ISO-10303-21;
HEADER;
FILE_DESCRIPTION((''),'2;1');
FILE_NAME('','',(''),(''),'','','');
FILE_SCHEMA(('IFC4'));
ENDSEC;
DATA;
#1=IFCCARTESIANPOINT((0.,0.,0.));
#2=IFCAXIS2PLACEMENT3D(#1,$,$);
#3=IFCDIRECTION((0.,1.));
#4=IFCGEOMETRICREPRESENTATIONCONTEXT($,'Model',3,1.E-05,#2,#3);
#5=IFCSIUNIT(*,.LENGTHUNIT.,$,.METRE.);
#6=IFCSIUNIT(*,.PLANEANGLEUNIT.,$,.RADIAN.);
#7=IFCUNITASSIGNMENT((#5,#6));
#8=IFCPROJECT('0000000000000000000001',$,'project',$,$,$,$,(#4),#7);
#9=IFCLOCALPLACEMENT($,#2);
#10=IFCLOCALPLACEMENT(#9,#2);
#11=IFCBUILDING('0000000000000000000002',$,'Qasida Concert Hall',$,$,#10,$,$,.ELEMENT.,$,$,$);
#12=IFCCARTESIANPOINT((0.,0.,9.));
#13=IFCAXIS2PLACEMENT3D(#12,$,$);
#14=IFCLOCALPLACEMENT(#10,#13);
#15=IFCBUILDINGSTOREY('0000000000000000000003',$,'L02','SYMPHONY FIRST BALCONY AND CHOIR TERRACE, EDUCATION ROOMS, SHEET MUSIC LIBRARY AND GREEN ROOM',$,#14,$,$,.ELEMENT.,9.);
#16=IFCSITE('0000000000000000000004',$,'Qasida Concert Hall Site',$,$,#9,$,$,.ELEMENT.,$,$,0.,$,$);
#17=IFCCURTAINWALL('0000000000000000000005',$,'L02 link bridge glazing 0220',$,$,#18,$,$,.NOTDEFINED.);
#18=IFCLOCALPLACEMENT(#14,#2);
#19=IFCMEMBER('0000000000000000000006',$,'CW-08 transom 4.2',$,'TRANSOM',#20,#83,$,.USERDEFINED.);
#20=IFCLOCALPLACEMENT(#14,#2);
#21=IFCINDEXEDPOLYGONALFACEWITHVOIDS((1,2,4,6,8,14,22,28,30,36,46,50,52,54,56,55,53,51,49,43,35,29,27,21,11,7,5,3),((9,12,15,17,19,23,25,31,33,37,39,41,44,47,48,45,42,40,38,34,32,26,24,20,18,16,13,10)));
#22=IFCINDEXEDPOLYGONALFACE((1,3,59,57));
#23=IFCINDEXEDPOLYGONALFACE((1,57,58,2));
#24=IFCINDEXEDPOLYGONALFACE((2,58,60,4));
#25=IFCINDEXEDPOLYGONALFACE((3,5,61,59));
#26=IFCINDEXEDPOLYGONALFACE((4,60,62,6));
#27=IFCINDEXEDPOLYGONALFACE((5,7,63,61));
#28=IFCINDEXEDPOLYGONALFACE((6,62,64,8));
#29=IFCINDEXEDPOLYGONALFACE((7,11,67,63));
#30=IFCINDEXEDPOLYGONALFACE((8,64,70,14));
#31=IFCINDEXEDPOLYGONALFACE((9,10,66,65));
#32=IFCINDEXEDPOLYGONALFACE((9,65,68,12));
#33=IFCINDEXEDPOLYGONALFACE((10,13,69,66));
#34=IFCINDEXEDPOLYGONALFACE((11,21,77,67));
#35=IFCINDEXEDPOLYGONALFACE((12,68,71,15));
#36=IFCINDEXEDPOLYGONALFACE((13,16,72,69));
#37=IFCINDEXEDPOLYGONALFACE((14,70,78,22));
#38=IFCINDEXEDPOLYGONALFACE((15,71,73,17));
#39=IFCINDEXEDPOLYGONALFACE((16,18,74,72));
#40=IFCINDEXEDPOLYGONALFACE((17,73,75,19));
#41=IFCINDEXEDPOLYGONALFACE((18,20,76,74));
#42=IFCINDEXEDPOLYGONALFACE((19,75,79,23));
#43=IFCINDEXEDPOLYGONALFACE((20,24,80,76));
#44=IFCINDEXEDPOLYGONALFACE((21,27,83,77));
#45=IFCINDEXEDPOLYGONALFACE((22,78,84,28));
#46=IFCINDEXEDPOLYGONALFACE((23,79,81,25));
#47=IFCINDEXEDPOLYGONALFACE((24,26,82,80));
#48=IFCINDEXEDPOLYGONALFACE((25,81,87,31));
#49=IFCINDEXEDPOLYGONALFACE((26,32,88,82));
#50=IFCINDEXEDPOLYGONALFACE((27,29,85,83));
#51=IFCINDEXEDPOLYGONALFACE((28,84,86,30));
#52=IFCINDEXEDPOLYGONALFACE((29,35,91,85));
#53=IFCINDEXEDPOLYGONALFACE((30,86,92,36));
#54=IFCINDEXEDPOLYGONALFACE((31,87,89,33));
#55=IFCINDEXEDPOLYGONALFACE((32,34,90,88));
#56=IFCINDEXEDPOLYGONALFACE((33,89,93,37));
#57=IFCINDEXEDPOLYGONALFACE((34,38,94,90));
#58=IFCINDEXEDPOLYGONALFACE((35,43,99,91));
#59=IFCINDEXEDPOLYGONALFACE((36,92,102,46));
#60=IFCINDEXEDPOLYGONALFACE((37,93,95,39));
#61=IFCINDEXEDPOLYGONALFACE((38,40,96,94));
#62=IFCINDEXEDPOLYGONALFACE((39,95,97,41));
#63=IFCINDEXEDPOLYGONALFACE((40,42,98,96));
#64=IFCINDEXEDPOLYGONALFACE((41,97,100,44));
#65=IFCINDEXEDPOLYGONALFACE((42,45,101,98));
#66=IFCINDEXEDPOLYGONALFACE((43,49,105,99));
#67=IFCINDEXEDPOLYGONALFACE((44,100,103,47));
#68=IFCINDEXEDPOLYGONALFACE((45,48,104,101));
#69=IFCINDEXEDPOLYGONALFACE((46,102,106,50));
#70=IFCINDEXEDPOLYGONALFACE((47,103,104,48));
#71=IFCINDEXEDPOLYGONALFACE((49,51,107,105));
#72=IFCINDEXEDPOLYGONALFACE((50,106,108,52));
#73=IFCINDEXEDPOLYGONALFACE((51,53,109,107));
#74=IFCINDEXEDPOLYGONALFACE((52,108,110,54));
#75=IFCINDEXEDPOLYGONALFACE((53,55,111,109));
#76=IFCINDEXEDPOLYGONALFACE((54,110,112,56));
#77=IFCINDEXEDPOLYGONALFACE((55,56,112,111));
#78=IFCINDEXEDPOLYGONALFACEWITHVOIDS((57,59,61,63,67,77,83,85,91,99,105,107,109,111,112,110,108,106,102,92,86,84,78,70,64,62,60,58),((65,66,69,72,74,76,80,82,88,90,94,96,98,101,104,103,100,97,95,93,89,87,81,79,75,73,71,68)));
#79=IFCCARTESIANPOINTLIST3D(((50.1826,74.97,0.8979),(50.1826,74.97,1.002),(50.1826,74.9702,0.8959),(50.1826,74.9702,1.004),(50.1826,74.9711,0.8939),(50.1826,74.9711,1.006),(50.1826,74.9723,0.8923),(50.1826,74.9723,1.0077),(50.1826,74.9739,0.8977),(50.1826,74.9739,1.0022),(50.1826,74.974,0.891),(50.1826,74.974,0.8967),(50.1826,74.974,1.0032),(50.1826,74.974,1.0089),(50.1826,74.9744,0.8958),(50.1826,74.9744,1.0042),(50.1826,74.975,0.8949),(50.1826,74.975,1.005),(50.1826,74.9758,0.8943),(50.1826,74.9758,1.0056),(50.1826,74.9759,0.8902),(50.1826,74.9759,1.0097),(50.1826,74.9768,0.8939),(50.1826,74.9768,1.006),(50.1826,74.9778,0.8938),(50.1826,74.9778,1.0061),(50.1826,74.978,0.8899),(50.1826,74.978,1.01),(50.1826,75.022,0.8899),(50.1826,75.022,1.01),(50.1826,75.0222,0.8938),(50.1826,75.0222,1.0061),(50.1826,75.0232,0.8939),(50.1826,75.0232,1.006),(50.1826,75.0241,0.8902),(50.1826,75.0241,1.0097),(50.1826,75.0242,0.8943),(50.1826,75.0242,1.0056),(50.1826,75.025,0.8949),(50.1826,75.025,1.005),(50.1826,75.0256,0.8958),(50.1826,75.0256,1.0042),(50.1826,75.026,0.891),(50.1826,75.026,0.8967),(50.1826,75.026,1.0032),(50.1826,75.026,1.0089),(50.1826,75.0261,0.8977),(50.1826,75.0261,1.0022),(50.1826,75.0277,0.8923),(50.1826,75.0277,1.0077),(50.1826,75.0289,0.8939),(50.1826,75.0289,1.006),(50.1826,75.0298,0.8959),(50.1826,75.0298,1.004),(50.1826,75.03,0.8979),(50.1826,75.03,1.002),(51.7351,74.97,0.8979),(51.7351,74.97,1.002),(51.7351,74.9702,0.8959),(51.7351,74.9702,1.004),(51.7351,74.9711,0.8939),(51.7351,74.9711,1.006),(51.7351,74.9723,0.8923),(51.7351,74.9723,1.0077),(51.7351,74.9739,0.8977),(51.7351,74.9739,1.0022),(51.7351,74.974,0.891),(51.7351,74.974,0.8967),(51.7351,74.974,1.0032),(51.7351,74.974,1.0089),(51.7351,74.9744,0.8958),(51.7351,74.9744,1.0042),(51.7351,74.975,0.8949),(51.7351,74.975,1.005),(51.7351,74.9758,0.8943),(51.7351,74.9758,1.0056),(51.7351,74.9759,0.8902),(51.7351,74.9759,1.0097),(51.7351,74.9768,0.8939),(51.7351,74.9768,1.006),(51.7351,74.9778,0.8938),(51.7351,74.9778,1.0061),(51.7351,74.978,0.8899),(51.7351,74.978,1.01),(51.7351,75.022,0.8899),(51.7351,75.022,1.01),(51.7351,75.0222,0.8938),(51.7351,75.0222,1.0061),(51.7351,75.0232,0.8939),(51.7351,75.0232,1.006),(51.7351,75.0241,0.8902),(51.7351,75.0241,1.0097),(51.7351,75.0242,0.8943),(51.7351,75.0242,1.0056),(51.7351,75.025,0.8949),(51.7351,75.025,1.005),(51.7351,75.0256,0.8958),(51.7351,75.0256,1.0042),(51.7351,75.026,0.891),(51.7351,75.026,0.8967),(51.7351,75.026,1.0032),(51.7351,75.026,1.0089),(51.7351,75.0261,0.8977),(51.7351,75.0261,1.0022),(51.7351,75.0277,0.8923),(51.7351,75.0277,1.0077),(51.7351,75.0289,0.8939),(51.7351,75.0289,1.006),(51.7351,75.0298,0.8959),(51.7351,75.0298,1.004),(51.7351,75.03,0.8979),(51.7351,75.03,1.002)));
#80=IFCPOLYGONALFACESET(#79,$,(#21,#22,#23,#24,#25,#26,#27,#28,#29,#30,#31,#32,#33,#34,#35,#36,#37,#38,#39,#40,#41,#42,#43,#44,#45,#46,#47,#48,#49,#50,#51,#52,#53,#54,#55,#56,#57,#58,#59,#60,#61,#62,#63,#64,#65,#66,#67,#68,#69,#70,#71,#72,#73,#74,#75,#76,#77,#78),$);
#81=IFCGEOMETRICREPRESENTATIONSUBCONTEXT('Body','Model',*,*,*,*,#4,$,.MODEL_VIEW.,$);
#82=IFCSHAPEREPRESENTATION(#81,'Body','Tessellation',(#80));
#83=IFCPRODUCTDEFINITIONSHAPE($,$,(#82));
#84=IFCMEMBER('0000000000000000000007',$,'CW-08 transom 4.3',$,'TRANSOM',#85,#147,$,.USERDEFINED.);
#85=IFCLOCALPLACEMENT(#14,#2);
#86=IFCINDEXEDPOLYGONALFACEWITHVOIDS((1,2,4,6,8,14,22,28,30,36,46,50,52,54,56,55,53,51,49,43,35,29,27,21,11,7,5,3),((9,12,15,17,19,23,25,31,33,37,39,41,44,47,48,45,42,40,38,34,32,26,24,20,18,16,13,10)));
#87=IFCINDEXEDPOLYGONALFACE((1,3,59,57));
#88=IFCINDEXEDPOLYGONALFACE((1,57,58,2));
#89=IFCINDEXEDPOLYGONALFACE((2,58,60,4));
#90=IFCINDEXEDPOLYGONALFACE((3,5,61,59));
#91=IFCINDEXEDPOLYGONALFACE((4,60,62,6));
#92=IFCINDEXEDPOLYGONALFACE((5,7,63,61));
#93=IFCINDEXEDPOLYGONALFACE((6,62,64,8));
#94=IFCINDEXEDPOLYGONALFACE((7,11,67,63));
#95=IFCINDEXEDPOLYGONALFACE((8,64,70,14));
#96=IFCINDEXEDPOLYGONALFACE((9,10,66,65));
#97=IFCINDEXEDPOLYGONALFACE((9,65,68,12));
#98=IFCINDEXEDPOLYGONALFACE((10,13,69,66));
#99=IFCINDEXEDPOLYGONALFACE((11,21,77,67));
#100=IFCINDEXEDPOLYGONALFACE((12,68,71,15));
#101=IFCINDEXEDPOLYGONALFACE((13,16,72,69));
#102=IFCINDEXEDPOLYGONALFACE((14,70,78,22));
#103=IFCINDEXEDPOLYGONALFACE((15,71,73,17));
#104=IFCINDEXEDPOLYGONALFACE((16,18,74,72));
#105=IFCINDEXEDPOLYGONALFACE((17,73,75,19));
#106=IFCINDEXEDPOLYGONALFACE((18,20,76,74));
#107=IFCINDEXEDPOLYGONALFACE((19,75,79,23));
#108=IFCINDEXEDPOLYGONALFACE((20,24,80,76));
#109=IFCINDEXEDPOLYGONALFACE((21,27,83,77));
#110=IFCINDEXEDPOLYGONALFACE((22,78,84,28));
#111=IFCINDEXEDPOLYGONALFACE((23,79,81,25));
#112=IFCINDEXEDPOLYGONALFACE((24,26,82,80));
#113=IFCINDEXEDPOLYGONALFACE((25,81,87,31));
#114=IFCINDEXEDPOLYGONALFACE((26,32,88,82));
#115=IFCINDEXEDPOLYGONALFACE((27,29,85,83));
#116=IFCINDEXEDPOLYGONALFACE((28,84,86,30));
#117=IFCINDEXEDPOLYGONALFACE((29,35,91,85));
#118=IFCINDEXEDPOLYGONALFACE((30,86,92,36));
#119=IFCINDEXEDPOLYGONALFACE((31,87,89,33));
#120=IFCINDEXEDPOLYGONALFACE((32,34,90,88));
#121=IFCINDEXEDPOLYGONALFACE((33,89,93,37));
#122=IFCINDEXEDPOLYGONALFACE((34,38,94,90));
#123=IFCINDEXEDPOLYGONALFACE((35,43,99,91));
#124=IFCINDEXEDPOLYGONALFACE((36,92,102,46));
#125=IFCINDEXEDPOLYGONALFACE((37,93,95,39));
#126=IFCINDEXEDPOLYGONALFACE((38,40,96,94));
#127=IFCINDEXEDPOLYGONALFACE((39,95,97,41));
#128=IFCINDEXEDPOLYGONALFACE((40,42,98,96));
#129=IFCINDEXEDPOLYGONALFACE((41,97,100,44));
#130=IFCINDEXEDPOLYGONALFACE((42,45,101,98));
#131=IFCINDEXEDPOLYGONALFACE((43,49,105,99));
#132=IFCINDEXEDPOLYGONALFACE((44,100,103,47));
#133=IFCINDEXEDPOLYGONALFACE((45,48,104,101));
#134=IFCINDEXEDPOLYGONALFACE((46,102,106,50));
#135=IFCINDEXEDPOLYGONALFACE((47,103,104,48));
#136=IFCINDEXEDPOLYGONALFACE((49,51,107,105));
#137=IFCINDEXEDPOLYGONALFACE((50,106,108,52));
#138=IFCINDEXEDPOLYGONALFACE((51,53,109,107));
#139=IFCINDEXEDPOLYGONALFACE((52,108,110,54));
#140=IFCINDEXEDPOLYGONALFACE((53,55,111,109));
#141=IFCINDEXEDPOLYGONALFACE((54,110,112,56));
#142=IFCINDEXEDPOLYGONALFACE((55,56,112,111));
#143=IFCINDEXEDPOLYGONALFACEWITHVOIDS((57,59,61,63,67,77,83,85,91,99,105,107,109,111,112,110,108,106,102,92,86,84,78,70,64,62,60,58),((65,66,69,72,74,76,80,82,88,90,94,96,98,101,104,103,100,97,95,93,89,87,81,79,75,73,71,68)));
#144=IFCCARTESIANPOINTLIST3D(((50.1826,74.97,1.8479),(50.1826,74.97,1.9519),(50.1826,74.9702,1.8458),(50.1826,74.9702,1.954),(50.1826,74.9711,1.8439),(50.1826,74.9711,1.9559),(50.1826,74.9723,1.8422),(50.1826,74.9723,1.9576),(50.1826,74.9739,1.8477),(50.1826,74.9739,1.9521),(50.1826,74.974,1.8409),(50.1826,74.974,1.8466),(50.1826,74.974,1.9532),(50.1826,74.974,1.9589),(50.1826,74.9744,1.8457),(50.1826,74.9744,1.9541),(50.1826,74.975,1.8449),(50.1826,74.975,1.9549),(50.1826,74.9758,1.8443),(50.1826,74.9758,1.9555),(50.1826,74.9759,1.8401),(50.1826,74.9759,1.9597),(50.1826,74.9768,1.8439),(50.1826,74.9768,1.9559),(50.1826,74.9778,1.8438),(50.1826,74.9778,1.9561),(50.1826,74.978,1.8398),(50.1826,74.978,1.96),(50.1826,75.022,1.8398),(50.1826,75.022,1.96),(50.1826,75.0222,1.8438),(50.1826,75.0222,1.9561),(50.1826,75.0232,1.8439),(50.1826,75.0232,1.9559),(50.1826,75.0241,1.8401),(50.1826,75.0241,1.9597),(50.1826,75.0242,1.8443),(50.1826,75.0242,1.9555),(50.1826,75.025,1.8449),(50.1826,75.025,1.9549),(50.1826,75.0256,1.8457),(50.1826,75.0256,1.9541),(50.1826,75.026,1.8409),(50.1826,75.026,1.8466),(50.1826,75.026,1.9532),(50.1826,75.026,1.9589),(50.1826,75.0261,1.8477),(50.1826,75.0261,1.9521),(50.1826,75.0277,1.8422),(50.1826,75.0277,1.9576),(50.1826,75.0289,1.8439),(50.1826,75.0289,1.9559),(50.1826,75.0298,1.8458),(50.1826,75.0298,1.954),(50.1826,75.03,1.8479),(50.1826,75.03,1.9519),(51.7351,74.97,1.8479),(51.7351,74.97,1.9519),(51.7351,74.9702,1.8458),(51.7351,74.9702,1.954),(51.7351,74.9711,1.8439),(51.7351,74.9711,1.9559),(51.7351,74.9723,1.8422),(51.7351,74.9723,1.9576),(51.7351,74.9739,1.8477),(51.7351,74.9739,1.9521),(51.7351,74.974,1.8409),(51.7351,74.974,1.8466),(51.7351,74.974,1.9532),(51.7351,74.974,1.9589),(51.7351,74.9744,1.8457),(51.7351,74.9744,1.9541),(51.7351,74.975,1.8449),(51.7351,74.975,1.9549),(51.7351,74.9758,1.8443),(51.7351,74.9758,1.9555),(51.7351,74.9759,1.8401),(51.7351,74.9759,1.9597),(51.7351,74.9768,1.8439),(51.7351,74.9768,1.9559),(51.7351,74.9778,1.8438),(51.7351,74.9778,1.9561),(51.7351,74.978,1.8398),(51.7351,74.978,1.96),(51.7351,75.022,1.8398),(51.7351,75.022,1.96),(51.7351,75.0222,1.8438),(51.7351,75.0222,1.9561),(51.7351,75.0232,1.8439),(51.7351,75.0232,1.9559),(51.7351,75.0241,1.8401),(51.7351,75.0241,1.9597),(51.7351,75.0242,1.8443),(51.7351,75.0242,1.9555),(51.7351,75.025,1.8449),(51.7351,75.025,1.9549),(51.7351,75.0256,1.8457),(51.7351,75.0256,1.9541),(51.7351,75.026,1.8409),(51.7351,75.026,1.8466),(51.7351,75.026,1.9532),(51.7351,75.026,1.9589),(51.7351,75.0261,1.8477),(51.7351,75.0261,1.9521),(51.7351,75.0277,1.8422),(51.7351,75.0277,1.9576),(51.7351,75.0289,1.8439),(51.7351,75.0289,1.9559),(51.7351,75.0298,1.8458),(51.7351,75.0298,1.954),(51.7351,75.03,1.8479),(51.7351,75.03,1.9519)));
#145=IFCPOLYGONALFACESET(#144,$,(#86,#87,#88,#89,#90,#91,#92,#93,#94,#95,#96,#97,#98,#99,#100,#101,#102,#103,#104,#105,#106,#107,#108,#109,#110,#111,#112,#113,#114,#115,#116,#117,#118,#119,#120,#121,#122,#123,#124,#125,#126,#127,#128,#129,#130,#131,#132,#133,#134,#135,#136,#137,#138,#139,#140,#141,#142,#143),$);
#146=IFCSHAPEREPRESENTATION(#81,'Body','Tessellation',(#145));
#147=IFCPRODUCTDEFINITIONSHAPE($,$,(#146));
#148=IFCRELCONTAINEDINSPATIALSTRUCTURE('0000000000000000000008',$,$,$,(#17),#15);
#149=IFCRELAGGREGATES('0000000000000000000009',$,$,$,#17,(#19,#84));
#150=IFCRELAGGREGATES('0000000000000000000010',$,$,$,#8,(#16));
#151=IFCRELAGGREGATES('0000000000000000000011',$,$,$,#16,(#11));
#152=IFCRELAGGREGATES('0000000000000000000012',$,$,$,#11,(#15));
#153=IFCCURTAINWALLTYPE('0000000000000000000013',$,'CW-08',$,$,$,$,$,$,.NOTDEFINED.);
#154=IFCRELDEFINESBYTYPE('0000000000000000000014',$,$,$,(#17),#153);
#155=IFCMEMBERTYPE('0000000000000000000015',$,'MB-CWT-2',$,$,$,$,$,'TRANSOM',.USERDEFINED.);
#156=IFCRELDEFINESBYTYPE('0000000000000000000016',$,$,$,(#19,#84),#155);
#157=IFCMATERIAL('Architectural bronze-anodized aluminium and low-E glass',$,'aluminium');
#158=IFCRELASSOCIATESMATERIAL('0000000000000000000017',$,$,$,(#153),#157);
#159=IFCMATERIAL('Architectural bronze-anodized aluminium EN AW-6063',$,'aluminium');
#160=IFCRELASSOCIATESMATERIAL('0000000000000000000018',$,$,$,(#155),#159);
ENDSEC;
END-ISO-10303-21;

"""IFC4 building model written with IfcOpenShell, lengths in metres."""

from ifc_helpers import new_model, si_unit, direction, frame, origin, origin_2d, place, context, subcontext, project, spatial, hollow_rectangle, extrude, material, material_profile, profile_set, type_object, element, aggregate, save


model = new_model("IFC4")

# Units and contexts
model_context = context("Model", 3, precision=1e-05, world=origin(), true_north=direction((0.0, 1.0)))
body_context = subcontext(model_context, "Body", "Model", "MODEL_VIEW")
ifc_project = project(units=[si_unit("LENGTHUNIT", "METRE"), si_unit("PLANEANGLEUNIT", "RADIAN")], contexts=[model_context])

# Site, building, storey
site_placement = place(None, origin())
site = spatial("IfcSite", under=ifc_project, at=site_placement, Name="Qasida Concert Hall Site", CompositionType="ELEMENT", RefElevation=0.0)
building_placement = place(site_placement, origin())
building = spatial("IfcBuilding", under=site, at=building_placement, Name="Qasida Concert Hall", CompositionType="ELEMENT")
storey_placement = place(building_placement, frame((0.0, 0.0, 9.0)))
storey = spatial("IfcBuildingStorey", under=building, at=storey_placement, Name="L02", Description="SYMPHONY FIRST BALCONY AND CHOIR TERRACE, EDUCATION ROOMS, SHEET MUSIC LIBRARY AND GREEN ROOM", CompositionType="ELEMENT", Elevation=9.0)

# Curtain wall, members
ifc_material_1 = material(Name="Architectural bronze-anodized aluminium and low-E glass", Category="aluminium")
curtain_wall_type = type_object("IfcCurtainWallType", Name="CW-08", PredefinedType="NOTDEFINED", material=ifc_material_1)
curtain_wall_placement = place(storey_placement, origin())
curtain_wall = element("IfcCurtainWall", 1, at=curtain_wall_placement, inside=storey, type_object=curtain_wall_type, Name="L02 link bridge glazing 0220", PredefinedType="NOTDEFINED")
ifc_material_2 = material(Name="Architectural bronze-anodized aluminium EN AW-6063", Category="aluminium")
ifc_material_profile_1 = material_profile(ifc_material_2, hollow_rectangle(XDim=0.0601, YDim=0.1201, WallThickness=0.0039, InnerFilletRadius=0.0039, OuterFilletRadius=0.0081, at=origin_2d()), Name="CWT 120x60x4")
ifc_profile_set_1 = profile_set([ifc_material_profile_1], Name="Architectural bronze-anodized aluminium EN AW-6063")
member_type_1 = type_object("IfcMemberType", Name="MB-CWT-2", ElementType="TRANSOM", PredefinedType="USERDEFINED", material=ifc_profile_set_1)
member_1_placement = place(storey_placement, frame((50.1826, 75.0, 0.95), z_axis=(1.0, 0.0, 0.0), x_axis=(0.0, 1.0, 0.0)))
member_1 = element("IfcMember", 2, at=member_1_placement, type_object=member_type_1, Name="CW-08 transom 4.2", ObjectType="TRANSOM", PredefinedType="USERDEFINED", context=body_context, shape_type="SweptSolid", body=[
    extrude(hollow_rectangle(XDim=0.0601, YDim=0.1201, WallThickness=0.0039, InnerFilletRadius=0.0039, OuterFilletRadius=0.0081, at=origin_2d()), origin(), (0.0, 0.0, 1.0), 1.5525),
])
member_2_placement = place(storey_placement, frame((50.1826, 75.0, 1.8999), z_axis=(1.0, 0.0, 0.0), x_axis=(0.0, 1.0, 0.0)))
member_2 = element("IfcMember", 3, at=member_2_placement, type_object=member_type_1, Name="CW-08 transom 4.3", ObjectType="TRANSOM", PredefinedType="USERDEFINED", context=body_context, shape_type="SweptSolid", body=[
    extrude(hollow_rectangle(XDim=0.0601, YDim=0.1201, WallThickness=0.0039, InnerFilletRadius=0.0039, OuterFilletRadius=0.0081, at=origin_2d()), origin(), (0.0, 0.0, 1.0), 1.5525),
])
aggregate(curtain_wall, [member_1, member_2])

save(model, "model.ifc")
